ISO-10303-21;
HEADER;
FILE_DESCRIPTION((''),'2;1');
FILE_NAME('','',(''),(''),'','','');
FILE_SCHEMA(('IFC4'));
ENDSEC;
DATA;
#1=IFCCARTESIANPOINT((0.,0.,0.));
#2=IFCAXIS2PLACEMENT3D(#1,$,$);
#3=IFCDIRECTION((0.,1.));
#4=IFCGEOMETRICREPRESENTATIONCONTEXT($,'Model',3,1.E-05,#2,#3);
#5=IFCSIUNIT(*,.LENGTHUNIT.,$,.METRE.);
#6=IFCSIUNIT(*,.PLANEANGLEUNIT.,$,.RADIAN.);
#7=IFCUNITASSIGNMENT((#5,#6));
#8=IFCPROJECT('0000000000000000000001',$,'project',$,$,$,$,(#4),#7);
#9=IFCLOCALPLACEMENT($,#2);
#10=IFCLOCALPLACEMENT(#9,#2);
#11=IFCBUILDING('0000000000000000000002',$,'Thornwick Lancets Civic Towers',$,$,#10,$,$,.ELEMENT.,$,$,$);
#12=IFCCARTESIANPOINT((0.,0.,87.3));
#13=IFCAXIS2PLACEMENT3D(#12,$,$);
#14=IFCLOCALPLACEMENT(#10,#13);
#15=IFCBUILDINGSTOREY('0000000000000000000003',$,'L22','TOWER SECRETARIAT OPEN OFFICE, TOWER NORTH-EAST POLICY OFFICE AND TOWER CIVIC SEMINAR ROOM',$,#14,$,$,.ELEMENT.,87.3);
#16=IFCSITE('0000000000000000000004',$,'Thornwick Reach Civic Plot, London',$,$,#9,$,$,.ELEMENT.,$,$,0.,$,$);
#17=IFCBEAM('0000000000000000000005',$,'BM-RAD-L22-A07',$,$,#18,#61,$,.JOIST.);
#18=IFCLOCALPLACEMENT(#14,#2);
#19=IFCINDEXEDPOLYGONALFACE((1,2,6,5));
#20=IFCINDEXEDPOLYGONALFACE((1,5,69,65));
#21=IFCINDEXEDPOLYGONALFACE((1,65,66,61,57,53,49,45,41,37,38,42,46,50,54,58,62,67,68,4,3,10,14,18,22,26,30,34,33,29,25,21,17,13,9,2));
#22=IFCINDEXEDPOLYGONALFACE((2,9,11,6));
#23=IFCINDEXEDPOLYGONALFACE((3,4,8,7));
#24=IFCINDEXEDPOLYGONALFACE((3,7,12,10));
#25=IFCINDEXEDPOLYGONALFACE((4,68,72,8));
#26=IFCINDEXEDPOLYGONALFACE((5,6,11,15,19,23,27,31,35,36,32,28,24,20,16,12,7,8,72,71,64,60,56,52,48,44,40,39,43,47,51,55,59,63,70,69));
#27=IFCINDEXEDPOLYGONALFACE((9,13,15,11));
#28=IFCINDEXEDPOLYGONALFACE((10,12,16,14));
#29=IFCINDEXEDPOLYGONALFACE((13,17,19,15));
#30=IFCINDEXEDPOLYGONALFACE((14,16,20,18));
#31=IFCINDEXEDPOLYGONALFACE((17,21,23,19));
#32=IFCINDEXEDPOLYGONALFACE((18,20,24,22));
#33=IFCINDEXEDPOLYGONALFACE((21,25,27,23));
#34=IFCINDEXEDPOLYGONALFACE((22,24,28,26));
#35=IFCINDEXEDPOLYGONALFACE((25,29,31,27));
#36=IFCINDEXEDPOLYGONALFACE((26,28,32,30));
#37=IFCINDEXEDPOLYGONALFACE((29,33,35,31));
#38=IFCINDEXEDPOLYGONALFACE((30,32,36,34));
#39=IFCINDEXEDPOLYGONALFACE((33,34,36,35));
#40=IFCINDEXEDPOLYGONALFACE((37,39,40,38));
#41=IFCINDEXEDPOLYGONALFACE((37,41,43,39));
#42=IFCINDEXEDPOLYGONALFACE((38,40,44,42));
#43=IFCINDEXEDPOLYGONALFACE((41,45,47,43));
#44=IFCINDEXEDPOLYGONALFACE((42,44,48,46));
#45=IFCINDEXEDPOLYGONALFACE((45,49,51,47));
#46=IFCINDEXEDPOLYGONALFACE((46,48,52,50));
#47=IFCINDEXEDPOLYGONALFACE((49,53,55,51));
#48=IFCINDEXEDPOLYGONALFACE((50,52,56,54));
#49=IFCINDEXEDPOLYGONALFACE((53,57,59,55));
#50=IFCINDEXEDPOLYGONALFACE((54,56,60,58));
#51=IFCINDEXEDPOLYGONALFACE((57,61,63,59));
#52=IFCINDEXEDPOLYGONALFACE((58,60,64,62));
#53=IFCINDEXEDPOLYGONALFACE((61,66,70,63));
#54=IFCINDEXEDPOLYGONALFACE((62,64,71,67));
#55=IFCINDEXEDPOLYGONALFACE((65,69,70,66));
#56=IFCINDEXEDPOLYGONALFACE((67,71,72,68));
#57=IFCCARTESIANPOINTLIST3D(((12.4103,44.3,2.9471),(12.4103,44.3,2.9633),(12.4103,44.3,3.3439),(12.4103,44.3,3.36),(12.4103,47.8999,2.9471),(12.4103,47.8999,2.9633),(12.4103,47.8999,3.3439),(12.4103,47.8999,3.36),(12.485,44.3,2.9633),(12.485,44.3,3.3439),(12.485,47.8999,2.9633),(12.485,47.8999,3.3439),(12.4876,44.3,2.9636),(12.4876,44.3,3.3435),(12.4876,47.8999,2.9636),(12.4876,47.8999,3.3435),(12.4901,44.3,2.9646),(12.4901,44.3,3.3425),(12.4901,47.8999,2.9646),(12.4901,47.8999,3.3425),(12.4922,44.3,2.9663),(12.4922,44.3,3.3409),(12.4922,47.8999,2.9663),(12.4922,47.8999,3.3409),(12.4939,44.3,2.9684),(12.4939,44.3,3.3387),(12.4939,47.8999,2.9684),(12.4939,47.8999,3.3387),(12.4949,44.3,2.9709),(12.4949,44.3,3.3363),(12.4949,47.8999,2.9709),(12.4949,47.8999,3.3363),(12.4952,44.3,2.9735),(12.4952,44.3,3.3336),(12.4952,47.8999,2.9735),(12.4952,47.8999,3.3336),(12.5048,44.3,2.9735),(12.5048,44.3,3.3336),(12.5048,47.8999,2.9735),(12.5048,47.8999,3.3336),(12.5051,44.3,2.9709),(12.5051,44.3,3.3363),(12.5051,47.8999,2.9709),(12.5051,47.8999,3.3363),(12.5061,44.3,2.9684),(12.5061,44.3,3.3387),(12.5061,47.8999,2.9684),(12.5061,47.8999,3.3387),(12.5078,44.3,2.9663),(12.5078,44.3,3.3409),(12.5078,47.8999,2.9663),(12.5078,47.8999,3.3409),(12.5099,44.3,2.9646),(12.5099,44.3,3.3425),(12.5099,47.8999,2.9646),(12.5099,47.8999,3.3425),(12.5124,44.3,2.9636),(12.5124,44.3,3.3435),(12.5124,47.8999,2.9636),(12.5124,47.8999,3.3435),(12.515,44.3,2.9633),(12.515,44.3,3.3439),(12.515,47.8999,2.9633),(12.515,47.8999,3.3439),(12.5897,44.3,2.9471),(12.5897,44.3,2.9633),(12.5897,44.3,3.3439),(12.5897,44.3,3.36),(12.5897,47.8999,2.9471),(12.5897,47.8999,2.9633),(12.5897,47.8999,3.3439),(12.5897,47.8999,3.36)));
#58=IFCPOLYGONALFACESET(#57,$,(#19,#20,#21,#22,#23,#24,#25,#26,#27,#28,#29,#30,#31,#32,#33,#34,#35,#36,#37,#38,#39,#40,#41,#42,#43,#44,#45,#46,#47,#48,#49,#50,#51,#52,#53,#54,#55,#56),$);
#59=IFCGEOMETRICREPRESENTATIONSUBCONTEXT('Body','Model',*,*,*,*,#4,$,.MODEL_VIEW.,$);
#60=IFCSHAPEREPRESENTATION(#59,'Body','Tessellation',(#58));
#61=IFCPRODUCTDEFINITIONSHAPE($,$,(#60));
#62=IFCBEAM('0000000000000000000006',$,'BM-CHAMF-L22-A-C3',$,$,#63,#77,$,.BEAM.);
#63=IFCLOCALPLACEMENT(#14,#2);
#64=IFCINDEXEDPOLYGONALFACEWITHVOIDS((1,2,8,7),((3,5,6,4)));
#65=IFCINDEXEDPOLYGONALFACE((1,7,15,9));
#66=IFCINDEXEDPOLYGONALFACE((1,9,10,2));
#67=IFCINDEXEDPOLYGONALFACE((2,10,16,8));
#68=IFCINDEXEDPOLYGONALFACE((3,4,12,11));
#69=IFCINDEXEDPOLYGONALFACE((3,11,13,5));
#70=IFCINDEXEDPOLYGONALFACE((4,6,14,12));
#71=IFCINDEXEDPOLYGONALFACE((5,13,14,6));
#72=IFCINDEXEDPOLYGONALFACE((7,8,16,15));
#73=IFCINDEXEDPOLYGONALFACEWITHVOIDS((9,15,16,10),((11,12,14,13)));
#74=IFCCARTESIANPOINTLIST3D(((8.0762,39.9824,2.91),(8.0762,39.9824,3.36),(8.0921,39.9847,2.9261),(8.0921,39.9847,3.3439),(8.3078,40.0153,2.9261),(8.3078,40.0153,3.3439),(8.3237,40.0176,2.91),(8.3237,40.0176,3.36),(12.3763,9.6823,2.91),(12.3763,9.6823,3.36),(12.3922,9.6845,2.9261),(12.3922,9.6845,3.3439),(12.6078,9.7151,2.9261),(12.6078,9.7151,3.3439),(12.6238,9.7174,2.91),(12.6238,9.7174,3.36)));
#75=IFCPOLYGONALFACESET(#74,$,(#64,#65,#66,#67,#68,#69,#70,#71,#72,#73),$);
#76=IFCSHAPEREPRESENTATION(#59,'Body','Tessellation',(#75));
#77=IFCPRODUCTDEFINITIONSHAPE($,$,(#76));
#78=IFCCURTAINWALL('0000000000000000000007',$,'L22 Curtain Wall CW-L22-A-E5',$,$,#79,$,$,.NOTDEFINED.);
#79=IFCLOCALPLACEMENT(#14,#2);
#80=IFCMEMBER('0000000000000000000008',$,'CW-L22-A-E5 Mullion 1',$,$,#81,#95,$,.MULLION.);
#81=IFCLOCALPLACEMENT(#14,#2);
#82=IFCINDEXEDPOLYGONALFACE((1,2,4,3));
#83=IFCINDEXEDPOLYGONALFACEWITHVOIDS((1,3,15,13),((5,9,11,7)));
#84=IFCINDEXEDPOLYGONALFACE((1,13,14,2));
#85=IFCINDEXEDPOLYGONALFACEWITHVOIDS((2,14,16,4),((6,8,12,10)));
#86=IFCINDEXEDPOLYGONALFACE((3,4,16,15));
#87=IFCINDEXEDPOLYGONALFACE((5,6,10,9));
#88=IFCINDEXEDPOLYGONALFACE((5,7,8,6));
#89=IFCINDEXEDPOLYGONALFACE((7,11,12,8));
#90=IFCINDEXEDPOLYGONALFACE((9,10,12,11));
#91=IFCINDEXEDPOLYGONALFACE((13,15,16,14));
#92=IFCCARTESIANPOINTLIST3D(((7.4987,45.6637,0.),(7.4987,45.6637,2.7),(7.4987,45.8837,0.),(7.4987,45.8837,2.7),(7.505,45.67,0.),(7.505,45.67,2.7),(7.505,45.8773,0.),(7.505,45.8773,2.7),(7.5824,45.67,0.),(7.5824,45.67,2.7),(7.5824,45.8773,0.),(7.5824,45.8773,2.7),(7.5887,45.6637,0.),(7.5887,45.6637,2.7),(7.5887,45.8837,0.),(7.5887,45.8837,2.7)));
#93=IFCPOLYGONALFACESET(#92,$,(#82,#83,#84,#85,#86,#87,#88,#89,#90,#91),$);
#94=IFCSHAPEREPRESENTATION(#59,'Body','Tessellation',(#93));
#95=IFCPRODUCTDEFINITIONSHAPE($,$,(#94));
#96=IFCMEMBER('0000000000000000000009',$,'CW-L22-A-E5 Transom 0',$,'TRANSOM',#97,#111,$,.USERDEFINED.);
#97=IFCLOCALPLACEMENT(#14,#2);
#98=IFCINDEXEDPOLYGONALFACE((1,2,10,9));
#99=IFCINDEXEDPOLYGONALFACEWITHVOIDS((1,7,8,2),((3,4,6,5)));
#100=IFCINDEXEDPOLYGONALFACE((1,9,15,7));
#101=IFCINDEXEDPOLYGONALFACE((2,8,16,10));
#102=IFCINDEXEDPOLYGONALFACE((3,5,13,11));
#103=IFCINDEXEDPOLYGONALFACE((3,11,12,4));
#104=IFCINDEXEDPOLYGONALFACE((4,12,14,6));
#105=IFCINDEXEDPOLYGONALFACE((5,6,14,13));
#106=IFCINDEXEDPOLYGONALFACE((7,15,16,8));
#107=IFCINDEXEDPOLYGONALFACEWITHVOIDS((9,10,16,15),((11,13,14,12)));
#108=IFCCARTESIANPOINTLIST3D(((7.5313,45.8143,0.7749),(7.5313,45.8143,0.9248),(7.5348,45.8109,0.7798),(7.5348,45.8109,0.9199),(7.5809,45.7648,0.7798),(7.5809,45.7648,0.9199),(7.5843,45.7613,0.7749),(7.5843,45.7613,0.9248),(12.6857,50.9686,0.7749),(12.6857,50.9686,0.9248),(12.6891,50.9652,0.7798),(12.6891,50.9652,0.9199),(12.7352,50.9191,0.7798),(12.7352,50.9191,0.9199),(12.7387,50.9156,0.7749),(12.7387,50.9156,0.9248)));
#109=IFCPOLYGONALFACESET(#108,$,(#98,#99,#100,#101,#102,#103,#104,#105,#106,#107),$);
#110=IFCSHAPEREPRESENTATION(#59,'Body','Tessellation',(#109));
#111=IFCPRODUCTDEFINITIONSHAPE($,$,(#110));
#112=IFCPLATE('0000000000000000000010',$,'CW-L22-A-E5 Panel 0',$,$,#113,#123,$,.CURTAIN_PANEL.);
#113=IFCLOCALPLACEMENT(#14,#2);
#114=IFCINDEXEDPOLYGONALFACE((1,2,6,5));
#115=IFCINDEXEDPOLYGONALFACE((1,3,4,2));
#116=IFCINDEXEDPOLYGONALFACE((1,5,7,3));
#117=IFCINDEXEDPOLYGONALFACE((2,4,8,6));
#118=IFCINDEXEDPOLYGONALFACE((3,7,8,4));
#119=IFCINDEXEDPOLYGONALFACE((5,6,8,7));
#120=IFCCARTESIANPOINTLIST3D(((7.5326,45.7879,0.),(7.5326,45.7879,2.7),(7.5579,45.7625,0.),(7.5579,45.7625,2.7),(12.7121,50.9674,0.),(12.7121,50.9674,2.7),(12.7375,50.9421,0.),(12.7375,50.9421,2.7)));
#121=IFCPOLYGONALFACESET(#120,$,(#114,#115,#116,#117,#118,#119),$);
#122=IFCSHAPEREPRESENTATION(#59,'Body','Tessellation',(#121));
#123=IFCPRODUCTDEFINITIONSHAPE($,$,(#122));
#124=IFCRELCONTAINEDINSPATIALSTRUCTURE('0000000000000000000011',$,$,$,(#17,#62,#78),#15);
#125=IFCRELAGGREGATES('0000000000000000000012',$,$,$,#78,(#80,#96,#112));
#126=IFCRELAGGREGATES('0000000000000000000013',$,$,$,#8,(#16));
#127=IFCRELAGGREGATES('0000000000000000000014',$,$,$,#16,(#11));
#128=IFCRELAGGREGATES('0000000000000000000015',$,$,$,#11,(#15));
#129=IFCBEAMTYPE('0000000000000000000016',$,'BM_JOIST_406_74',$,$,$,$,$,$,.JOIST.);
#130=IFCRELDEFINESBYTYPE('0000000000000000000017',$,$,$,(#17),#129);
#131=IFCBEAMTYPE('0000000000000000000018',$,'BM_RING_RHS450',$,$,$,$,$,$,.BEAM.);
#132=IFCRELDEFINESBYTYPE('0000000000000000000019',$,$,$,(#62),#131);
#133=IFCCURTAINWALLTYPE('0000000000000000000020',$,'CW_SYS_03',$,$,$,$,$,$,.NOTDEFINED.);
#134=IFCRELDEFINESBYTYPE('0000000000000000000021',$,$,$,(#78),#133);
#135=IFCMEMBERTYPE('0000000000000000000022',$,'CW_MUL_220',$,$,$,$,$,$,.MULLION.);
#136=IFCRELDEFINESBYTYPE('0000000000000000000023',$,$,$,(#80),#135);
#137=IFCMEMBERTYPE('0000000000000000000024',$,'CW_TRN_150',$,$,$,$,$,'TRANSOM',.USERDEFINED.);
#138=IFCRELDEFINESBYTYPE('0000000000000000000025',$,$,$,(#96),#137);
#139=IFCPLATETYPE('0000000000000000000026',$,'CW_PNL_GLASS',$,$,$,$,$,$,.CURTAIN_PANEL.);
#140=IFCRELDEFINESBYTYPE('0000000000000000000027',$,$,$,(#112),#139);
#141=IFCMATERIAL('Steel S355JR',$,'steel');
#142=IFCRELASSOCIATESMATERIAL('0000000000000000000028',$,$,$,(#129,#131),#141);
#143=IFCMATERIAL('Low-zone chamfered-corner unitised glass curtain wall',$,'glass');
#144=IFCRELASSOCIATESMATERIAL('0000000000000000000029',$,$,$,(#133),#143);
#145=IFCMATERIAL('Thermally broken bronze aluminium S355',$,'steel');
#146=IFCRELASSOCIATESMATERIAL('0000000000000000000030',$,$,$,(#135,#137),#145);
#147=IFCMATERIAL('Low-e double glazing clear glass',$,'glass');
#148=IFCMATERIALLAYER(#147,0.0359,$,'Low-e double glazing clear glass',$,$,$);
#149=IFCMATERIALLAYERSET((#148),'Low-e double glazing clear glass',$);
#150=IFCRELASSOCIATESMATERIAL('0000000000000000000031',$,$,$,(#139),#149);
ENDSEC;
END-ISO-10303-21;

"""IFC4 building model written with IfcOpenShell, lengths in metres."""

from ifc_helpers import new_model, si_unit, direction, frame, origin, origin_2d, place, context, subcontext, project, spatial, rectangle, hollow_rectangle, i_section, extrude, material, layer, layer_set, material_profile, profile_set, type_object, element, aggregate, save


model = new_model("IFC4")

# Units and contexts
model_context = context("Model", 3, precision=1e-05, world=origin(), true_north=direction((0.0, 1.0)))
body_context = subcontext(model_context, "Body", "Model", "MODEL_VIEW")
ifc_project = project(units=[si_unit("LENGTHUNIT", "METRE"), si_unit("PLANEANGLEUNIT", "RADIAN")], contexts=[model_context])

# Site, building, storey
site_placement = place(None, origin())
site = spatial("IfcSite", under=ifc_project, at=site_placement, Name="Thornwick Reach Civic Plot, London", CompositionType="ELEMENT", RefElevation=0.0)
building_placement = place(site_placement, origin())
building = spatial("IfcBuilding", under=site, at=building_placement, Name="Thornwick Lancets Civic Towers", CompositionType="ELEMENT")
storey_placement = place(building_placement, frame((0.0, 0.0, 87.3)))
storey = spatial("IfcBuildingStorey", under=building, at=storey_placement, Name="L22", Description="TOWER SECRETARIAT OPEN OFFICE, TOWER NORTH-EAST POLICY OFFICE AND TOWER CIVIC SEMINAR ROOM", CompositionType="ELEMENT", Elevation=87.3)

# Beams
ifc_material_1 = material(Name="Steel S355JR", Category="steel")
ifc_material_profile_1 = material_profile(ifc_material_1, i_section(OverallWidth=0.1794, OverallDepth=0.4128, WebThickness=0.0095, FlangeThickness=0.0161, FilletRadius=0.0103, at=origin_2d()), Name="UKB 406x178x74")
ifc_profile_set_1 = profile_set([ifc_material_profile_1], Name="Steel S355JR")
beam_type_1 = type_object("IfcBeamType", Name="BM_JOIST_406_74", PredefinedType="JOIST", material=ifc_profile_set_1)
beam_1_placement = place(storey_placement, frame((12.5, 44.3, 3.1536), z_axis=(0.0, 1.0, 0.0), x_axis=(-1.0, 0.0, 0.0)))
element("IfcBeam", 1, at=beam_1_placement, inside=storey, type_object=beam_type_1, Name="BM-RAD-L22-A07", PredefinedType="JOIST", context=body_context, shape_type="SweptSolid", body=[
    extrude(i_section(OverallWidth=0.1794, OverallDepth=0.4128, WebThickness=0.0095, FlangeThickness=0.0161, FilletRadius=0.0103, at=origin_2d()), origin(), (0.0, 0.0, 1.0), 3.5999),
])
ifc_material_profile_2 = material_profile(ifc_material_1, hollow_rectangle(XDim=0.25, YDim=0.45, WallThickness=0.0161, at=origin_2d()), Name="RHS 450x250x16")
ifc_profile_set_2 = profile_set([ifc_material_profile_2], Name="Steel S355JR")
beam_type_2 = type_object("IfcBeamType", Name="BM_RING_RHS450", PredefinedType="BEAM", material=ifc_profile_set_2)
beam_2_placement = place(storey_placement, frame((8.2, 40.0, 3.135), z_axis=(0.140508, -0.99008, 0.0), x_axis=(0.99008, 0.140508, 0.0)))
element("IfcBeam", 2, at=beam_2_placement, inside=storey, type_object=beam_type_2, Name="BM-CHAMF-L22-A-C3", PredefinedType="BEAM", context=body_context, shape_type="SweptSolid", body=[
    extrude(hollow_rectangle(XDim=0.25, YDim=0.45, WallThickness=0.0161, at=origin_2d()), origin(), (0.0, 0.0, 1.0), 30.6038),
])

# Curtain wall, members, plate
ifc_material_2 = material(Name="Low-zone chamfered-corner unitised glass curtain wall", Category="glass")
curtain_wall_type = type_object("IfcCurtainWallType", Name="CW_SYS_03", PredefinedType="NOTDEFINED", material=ifc_material_2)
curtain_wall_placement = place(storey_placement, origin())
curtain_wall = element("IfcCurtainWall", 3, at=curtain_wall_placement, inside=storey, type_object=curtain_wall_type, Name="L22 Curtain Wall CW-L22-A-E5", PredefinedType="NOTDEFINED")
ifc_material_3 = material(Name="Thermally broken bronze aluminium S355", Category="steel")
ifc_material_profile_3 = material_profile(ifc_material_3, hollow_rectangle(XDim=0.0901, YDim=0.22, WallThickness=0.0063, at=origin_2d()), Name="RHS 220x90x6.3")
ifc_profile_set_3 = profile_set([ifc_material_profile_3], Name="Thermally broken bronze aluminium S355")
member_type_1 = type_object("IfcMemberType", Name="CW_MUL_220", PredefinedType="MULLION", material=ifc_profile_set_3)
member_1_placement = place(storey_placement, frame((7.5437, 45.7737, 0.0), z_axis=(0.0, 0.0, 1.0), x_axis=(1.0, 0.0, 0.0)))
member_1 = element("IfcMember", 4, at=member_1_placement, type_object=member_type_1, Name="CW-L22-A-E5 Mullion 1", PredefinedType="MULLION", context=body_context, shape_type="SweptSolid", body=[
    extrude(hollow_rectangle(XDim=0.0901, YDim=0.22, WallThickness=0.0063, at=origin_2d()), origin(), (0.0, 0.0, 1.0), 2.7),
])
ifc_material_profile_4 = material_profile(ifc_material_3, hollow_rectangle(XDim=0.075, YDim=0.1499, WallThickness=0.0049, at=origin_2d()), Name="RHS 150x75x5")
ifc_profile_set_4 = profile_set([ifc_material_profile_4], Name="Thermally broken bronze aluminium S355")
member_type_2 = type_object("IfcMemberType", Name="CW_TRN_150", ElementType="TRANSOM", PredefinedType="USERDEFINED", material=ifc_profile_set_4)
member_2_placement = place(storey_placement, frame((12.7122, 50.9421, 0.8499), z_axis=(-0.707107, -0.707107, 0.0), x_axis=(0.707107, -0.707107, 0.0)))
member_2 = element("IfcMember", 5, at=member_2_placement, type_object=member_type_2, Name="CW-L22-A-E5 Transom 0", ObjectType="TRANSOM", PredefinedType="USERDEFINED", context=body_context, shape_type="SweptSolid", body=[
    extrude(hollow_rectangle(XDim=0.075, YDim=0.1499, WallThickness=0.0049, at=origin_2d()), origin(), (0.0, 0.0, 1.0), 7.2893),
])
ifc_material_4 = material(Name="Low-e double glazing clear glass", Category="glass")
ifc_layer_1 = layer(ifc_material_4, 0.0359, Name="Low-e double glazing clear glass")
ifc_layer_set_1 = layer_set([ifc_layer_1], Name="Low-e double glazing clear glass")
plate_type = type_object("IfcPlateType", Name="CW_PNL_GLASS", PredefinedType="CURTAIN_PANEL", material=ifc_layer_set_1)
plate_placement = place(storey_placement, frame((10.135, 48.365, 0.0), z_axis=(0.0, 0.0, 1.0), x_axis=(-0.707107, -0.707107, 0.0)))
plate = element("IfcPlate", 6, at=plate_placement, type_object=plate_type, Name="CW-L22-A-E5 Panel 0", PredefinedType="CURTAIN_PANEL", context=body_context, shape_type="SweptSolid", body=[
    extrude(rectangle(XDim=7.325, YDim=0.0359, at=origin_2d()), origin(), (0.0, 0.0, 1.0), 2.7),
])
aggregate(curtain_wall, [member_1, member_2, plate])

save(model, "model.ifc")
